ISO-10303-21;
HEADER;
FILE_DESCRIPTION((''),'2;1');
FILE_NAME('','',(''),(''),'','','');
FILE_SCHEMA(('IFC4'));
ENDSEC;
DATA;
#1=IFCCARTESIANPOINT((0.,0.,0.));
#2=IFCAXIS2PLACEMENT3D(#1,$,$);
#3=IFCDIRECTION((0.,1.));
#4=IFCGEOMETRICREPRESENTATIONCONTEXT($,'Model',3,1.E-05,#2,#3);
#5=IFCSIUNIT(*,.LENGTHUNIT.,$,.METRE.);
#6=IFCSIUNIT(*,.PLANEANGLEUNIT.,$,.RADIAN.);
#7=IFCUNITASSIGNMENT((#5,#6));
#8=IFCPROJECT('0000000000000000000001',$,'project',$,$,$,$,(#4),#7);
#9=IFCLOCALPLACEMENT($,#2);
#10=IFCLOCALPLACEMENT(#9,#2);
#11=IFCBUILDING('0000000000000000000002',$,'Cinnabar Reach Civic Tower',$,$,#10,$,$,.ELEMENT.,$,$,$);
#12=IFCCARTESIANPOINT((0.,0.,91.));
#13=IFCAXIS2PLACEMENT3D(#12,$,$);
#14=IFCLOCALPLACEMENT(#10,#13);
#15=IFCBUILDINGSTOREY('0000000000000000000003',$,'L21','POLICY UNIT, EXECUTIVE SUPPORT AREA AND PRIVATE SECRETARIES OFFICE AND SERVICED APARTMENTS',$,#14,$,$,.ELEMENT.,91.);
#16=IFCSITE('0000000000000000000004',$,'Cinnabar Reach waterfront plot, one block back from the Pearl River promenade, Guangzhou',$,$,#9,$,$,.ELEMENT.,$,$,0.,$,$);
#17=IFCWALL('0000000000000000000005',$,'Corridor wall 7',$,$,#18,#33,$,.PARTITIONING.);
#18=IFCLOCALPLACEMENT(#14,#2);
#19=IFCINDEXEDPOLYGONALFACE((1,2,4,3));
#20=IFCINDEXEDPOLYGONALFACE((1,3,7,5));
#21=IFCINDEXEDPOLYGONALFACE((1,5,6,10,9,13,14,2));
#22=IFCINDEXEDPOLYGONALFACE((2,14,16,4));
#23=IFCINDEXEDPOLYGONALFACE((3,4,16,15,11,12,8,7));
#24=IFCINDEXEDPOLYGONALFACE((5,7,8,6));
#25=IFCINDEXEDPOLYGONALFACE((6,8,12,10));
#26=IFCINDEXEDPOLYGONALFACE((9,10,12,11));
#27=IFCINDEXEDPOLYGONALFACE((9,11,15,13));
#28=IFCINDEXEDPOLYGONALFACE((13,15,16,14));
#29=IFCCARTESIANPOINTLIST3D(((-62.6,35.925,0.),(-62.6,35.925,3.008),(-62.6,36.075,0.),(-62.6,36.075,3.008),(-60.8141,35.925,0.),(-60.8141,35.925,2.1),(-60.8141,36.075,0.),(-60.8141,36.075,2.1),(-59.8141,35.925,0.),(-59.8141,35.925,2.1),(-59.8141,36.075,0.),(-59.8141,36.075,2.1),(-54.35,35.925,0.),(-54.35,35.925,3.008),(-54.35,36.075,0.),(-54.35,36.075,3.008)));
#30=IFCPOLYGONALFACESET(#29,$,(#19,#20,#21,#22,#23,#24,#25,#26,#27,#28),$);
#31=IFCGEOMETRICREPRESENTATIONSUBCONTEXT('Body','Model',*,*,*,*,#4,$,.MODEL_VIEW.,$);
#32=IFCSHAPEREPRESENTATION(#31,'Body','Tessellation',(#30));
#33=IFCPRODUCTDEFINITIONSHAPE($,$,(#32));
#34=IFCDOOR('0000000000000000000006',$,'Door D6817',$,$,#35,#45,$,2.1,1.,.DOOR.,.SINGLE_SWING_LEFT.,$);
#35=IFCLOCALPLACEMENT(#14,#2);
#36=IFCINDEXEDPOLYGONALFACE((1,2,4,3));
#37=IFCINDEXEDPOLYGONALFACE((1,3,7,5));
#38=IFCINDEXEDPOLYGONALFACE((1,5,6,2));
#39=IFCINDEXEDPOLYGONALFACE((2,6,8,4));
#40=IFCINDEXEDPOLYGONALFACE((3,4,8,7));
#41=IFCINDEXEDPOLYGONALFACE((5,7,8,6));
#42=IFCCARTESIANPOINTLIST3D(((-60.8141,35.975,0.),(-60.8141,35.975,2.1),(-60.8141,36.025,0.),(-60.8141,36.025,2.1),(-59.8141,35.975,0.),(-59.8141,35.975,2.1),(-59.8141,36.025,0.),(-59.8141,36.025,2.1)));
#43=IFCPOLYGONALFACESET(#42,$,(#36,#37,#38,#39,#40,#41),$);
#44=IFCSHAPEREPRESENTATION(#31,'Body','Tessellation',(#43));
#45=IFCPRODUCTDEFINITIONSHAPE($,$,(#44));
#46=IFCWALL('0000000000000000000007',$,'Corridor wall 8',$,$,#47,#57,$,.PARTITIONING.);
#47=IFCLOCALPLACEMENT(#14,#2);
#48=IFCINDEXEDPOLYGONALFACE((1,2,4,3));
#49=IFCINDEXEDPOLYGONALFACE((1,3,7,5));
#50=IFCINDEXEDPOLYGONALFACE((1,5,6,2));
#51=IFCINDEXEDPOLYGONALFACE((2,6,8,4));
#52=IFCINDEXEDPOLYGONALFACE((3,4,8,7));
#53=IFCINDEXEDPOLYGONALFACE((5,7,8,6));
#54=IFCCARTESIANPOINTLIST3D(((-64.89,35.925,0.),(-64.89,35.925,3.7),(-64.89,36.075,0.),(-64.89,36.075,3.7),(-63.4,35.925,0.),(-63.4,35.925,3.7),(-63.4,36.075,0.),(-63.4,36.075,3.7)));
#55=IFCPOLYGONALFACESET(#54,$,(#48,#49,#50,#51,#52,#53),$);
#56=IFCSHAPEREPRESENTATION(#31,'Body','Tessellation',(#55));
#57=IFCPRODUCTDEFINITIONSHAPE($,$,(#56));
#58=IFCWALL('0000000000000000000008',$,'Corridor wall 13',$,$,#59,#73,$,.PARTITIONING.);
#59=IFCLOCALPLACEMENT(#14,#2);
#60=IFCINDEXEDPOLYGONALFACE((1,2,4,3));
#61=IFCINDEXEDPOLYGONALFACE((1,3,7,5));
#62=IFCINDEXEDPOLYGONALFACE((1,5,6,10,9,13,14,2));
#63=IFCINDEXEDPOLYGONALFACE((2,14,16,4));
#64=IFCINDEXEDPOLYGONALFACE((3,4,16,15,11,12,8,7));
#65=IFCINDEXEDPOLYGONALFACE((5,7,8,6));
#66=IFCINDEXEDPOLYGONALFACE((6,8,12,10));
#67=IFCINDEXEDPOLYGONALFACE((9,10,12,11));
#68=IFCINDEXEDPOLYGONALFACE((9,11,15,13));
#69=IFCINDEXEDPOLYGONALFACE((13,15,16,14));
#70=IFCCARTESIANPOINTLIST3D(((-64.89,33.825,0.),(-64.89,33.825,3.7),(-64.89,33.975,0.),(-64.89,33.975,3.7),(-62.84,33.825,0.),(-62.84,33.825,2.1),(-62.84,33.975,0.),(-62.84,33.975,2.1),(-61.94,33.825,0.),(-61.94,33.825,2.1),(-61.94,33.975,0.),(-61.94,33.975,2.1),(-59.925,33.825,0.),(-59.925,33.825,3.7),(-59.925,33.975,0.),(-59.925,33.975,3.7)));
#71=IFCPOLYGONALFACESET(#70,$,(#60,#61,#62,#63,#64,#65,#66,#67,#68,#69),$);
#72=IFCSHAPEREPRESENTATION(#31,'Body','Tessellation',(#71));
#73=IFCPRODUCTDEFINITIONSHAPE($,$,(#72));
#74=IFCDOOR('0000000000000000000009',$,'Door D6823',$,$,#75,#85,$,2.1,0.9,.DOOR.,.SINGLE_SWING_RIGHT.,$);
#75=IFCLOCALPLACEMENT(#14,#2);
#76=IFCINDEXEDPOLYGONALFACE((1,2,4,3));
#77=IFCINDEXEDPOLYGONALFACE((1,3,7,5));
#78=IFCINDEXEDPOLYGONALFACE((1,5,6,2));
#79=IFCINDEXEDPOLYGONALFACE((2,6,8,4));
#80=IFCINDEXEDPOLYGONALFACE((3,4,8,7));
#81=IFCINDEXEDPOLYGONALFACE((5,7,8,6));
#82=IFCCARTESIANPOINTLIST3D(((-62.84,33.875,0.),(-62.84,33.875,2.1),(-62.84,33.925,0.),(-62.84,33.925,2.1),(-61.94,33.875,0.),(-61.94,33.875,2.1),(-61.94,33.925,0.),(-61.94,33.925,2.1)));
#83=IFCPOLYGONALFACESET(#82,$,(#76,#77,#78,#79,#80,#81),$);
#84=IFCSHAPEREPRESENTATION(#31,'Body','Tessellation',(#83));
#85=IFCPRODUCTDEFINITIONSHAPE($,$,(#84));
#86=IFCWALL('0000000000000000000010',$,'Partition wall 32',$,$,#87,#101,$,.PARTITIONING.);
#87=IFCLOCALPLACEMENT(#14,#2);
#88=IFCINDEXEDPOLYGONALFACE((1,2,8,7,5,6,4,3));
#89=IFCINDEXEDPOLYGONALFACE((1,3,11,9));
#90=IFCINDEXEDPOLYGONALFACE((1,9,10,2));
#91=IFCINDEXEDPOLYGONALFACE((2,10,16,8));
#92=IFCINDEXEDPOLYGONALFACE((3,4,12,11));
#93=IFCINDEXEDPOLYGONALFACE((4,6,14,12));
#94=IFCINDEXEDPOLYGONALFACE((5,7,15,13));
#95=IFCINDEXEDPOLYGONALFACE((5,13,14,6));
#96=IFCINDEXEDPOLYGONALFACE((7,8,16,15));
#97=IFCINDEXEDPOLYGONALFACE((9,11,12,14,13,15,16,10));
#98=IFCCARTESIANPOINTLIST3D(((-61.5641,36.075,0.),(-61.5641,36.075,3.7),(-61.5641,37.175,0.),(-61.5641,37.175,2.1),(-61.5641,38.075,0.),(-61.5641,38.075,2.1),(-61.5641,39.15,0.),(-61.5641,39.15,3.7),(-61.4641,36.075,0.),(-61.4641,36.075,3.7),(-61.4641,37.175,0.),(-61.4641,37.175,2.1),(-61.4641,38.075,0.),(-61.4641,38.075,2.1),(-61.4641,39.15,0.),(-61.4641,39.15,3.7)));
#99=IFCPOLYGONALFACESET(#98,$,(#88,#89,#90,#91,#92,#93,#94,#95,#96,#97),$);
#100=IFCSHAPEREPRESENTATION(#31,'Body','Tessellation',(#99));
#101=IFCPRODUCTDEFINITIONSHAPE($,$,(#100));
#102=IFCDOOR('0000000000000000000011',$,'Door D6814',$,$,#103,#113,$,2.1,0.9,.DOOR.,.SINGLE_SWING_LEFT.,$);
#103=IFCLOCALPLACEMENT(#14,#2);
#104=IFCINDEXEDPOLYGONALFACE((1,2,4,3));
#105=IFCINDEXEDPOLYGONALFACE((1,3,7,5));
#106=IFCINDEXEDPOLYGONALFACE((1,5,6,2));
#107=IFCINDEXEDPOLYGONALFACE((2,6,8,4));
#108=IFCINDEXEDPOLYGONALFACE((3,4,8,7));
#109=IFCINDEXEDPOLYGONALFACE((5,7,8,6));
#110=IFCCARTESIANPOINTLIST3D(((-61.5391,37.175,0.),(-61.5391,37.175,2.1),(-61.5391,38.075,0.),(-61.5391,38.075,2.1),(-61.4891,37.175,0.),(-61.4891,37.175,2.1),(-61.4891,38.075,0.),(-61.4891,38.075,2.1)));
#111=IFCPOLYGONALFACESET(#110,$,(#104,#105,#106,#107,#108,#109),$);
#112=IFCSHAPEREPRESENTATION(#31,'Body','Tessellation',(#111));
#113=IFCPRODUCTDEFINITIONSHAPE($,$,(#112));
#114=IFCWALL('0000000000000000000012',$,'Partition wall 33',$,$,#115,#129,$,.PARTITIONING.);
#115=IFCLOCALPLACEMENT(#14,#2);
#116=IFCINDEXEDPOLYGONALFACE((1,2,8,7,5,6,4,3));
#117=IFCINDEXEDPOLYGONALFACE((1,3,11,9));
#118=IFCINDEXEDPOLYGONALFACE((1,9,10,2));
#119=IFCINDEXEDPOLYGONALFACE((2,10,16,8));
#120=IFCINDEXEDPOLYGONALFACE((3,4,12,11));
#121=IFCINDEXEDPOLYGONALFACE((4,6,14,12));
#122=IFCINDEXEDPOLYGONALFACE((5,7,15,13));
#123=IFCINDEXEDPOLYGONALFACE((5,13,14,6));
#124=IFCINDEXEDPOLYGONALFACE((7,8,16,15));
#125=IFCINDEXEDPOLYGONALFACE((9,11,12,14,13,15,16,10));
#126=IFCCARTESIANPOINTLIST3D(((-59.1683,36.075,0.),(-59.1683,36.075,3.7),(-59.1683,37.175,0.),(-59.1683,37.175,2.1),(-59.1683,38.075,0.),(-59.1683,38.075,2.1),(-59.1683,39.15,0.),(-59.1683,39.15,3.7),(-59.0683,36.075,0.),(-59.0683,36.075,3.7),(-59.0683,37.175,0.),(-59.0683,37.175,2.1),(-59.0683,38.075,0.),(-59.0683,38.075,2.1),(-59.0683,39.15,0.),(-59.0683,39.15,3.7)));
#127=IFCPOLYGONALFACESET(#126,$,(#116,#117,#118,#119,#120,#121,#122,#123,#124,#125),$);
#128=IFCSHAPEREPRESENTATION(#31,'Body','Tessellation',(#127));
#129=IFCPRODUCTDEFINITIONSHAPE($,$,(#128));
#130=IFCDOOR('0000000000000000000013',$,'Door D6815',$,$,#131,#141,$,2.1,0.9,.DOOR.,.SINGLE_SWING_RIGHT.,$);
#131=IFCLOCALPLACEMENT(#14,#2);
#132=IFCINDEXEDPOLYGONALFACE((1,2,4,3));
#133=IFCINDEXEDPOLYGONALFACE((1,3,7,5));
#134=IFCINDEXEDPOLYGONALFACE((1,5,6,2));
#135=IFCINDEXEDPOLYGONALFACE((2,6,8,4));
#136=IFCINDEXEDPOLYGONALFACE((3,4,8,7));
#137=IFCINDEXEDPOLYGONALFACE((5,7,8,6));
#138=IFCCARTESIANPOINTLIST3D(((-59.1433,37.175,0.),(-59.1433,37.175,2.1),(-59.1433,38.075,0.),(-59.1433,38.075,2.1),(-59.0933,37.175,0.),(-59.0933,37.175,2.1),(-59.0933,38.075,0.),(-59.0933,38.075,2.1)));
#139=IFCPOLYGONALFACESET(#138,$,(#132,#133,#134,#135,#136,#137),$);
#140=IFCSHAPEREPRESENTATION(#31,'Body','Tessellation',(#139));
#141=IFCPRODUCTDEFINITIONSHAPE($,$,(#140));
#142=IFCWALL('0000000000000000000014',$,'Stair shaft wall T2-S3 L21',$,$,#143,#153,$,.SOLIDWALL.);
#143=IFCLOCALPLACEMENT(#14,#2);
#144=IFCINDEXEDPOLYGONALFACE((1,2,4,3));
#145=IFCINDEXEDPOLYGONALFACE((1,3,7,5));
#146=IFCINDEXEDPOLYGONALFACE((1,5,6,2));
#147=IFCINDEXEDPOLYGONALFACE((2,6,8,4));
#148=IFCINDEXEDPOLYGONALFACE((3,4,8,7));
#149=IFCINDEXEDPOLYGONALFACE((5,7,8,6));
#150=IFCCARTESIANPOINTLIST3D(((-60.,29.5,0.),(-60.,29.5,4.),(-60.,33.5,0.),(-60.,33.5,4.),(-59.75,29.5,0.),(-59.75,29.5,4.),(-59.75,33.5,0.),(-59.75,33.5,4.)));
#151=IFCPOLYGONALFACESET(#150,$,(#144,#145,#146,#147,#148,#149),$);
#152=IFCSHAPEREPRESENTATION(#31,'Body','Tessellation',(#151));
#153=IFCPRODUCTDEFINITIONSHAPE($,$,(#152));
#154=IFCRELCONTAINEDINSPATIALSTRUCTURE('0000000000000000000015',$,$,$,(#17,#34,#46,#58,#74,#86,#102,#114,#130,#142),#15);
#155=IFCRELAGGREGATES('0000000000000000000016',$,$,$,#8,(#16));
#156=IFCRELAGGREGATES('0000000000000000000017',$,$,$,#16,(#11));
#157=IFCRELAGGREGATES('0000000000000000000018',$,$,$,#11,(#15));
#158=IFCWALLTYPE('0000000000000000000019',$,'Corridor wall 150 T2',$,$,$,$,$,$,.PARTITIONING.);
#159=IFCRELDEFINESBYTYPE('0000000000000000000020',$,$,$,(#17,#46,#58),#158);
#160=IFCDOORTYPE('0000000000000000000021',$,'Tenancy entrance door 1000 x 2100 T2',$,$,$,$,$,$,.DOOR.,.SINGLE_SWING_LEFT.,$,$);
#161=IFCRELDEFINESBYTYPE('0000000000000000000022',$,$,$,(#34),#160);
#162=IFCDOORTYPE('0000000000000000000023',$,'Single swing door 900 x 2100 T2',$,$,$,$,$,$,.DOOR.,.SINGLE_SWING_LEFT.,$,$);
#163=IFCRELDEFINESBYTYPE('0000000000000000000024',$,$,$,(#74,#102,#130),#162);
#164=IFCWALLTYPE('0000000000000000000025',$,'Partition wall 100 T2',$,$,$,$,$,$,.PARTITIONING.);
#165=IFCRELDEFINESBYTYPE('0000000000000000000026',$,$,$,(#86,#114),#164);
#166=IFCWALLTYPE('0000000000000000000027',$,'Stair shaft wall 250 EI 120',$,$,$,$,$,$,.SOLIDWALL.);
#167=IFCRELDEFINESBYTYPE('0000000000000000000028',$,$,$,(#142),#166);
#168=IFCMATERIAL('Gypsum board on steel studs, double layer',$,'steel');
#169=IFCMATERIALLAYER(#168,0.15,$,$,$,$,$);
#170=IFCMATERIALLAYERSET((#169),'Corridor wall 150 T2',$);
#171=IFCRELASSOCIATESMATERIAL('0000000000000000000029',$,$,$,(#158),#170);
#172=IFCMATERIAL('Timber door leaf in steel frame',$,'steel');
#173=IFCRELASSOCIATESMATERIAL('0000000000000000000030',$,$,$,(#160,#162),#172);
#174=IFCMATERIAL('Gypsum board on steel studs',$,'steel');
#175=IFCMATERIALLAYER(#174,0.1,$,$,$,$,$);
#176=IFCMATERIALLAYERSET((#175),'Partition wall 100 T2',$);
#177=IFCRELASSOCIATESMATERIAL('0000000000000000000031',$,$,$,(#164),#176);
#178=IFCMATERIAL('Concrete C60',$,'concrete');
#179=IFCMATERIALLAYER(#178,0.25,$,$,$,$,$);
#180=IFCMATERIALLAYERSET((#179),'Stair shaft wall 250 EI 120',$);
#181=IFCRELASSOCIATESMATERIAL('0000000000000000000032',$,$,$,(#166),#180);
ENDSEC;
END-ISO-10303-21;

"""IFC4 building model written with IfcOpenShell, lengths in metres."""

from ifc_helpers import new_model, si_unit, direction, frame, frame_2d, origin, place, context, subcontext, project, spatial, rectangle, extrude, material, layer, layer_set, type_object, element, fill, save


model = new_model("IFC4")

# Units and contexts
model_context = context("Model", 3, precision=1e-05, world=origin(), true_north=direction((0.0, 1.0)))
body_context = subcontext(model_context, "Body", "Model", "MODEL_VIEW")
ifc_project = project(units=[si_unit("LENGTHUNIT", "METRE"), si_unit("PLANEANGLEUNIT", "RADIAN")], contexts=[model_context])

# Site, building, storey
site_placement = place(None, origin())
site = spatial("IfcSite", under=ifc_project, at=site_placement, Name="Cinnabar Reach waterfront plot, one block back from the Pearl River promenade, Guangzhou", CompositionType="ELEMENT", RefElevation=0.0)
building_placement = place(site_placement, origin())
building = spatial("IfcBuilding", under=site, at=building_placement, Name="Cinnabar Reach Civic Tower", CompositionType="ELEMENT")
storey_placement = place(building_placement, frame((0.0, 0.0, 91.0)))
storey = spatial("IfcBuildingStorey", under=building, at=storey_placement, Name="L21", Description="POLICY UNIT, EXECUTIVE SUPPORT AREA AND PRIVATE SECRETARIES OFFICE AND SERVICED APARTMENTS", CompositionType="ELEMENT", Elevation=91.0)

# Shared definitions
ifc_material_1 = material(Name="Concrete C60", Category="concrete")

# Wall, opening, door
ifc_material_2 = material(Name="Gypsum board on steel studs, double layer", Category="steel")
ifc_layer_1 = layer(ifc_material_2, 0.15)
ifc_layer_set_1 = layer_set([ifc_layer_1], Name="Corridor wall 150 T2")
wall_type_1 = type_object("IfcWallType", Name="Corridor wall 150 T2", PredefinedType="PARTITIONING", material=ifc_layer_set_1)
wall_1_placement = place(storey_placement, frame((-62.6, 36.0, 0.0), z_axis=(0.0, 0.0, 1.0), x_axis=(1.0, 0.0, 0.0)))
wall_1 = element("IfcWall", 1, at=wall_1_placement, inside=storey, type_object=wall_type_1, Name="Corridor wall 7", PredefinedType="PARTITIONING", context=body_context, shape_type="SweptSolid", body=[
    extrude(rectangle(XDim=8.25, YDim=0.15, at=frame_2d((4.125, 0.0))), origin(), (0.0, 0.0, 1.0), 3.008),
])
opening_1_placement = place(wall_1_placement, frame((1.7859, 0.0, 0.0)))
opening_1 = element("IfcOpeningElement", 2, at=opening_1_placement, cuts=wall_1, PredefinedType="OPENING", context=body_context, shape_type="SweptSolid", body=[
    extrude(rectangle(XDim=1.0, YDim=2.1, at=frame_2d((0.5, 1.05))), frame((0.0, 0.085, 0.0), z_axis=(0.0, -1.0, 0.0), x_axis=(1.0, 0.0, 0.0)), (0.0, 0.0, 1.0), 0.17),
])
ifc_material_3 = material(Name="Timber door leaf in steel frame", Category="steel")
door_type_1 = type_object("IfcDoorType", Name="Tenancy entrance door 1000 x 2100 T2", OperationType="SINGLE_SWING_LEFT", PredefinedType="DOOR", material=ifc_material_3)
door_1_placement = place(opening_1_placement, origin())
door_1 = element("IfcDoor", 3, at=door_1_placement, inside=storey, type_object=door_type_1, Name="Door D6817", OperationType="SINGLE_SWING_LEFT", OverallHeight=2.1, OverallWidth=1.0, PredefinedType="DOOR", context=body_context, shape_type="SweptSolid", body=[
    extrude(rectangle(XDim=1.0, YDim=2.1, at=frame_2d((0.5, 1.05))), frame((0.0, 0.025, 0.0), z_axis=(0.0, -1.0, 0.0), x_axis=(1.0, 0.0, 0.0)), (0.0, 0.0, 1.0), 0.05),
])
fill(opening_1, door_1)

# Wall
wall_2_placement = place(storey_placement, frame((-64.89, 36.0, 0.0), z_axis=(0.0, 0.0, 1.0), x_axis=(1.0, 0.0, 0.0)))
element("IfcWall", 4, at=wall_2_placement, inside=storey, type_object=wall_type_1, Name="Corridor wall 8", PredefinedType="PARTITIONING", context=body_context, shape_type="SweptSolid", body=[
    extrude(rectangle(XDim=1.49, YDim=0.15, at=frame_2d((0.745, 0.0))), origin(), (0.0, 0.0, 1.0), 3.7),
])

# Walls, openings, doors
wall_3_placement = place(storey_placement, frame((-64.89, 33.9, 0.0), z_axis=(0.0, 0.0, 1.0), x_axis=(1.0, 0.0, 0.0)))
wall_3 = element("IfcWall", 5, at=wall_3_placement, inside=storey, type_object=wall_type_1, Name="Corridor wall 13", PredefinedType="PARTITIONING", context=body_context, shape_type="SweptSolid", body=[
    extrude(rectangle(XDim=4.965, YDim=0.15, at=frame_2d((2.4825, 0.0))), origin(), (0.0, 0.0, 1.0), 3.7),
])
opening_2_placement = place(wall_3_placement, frame((2.05, 0.0, 0.0)))
opening_2 = element("IfcOpeningElement", 6, at=opening_2_placement, cuts=wall_3, PredefinedType="OPENING", context=body_context, shape_type="SweptSolid", body=[
    extrude(rectangle(XDim=0.9, YDim=2.1, at=frame_2d((0.45, 1.05))), frame((0.0, 0.085, 0.0), z_axis=(0.0, -1.0, 0.0), x_axis=(1.0, 0.0, 0.0)), (0.0, 0.0, 1.0), 0.17),
])
door_type_2 = type_object("IfcDoorType", Name="Single swing door 900 x 2100 T2", OperationType="SINGLE_SWING_LEFT", PredefinedType="DOOR", material=ifc_material_3)
door_2_placement = place(opening_2_placement, frame((0.9, 0.0, 0.0), z_axis=(0.0, 0.0, 1.0), x_axis=(-1.0, 0.0, 0.0)))
door_2 = element("IfcDoor", 7, at=door_2_placement, inside=storey, type_object=door_type_2, Name="Door D6823", OperationType="SINGLE_SWING_RIGHT", OverallHeight=2.1, OverallWidth=0.9, PredefinedType="DOOR", context=body_context, shape_type="SweptSolid", body=[
    extrude(rectangle(XDim=0.9, YDim=2.1, at=frame_2d((0.45, 1.05))), frame((0.0, 0.025, 0.0), z_axis=(0.0, -1.0, 0.0), x_axis=(1.0, 0.0, 0.0)), (0.0, 0.0, 1.0), 0.05),
])
fill(opening_2, door_2)
ifc_material_4 = material(Name="Gypsum board on steel studs", Category="steel")
ifc_layer_2 = layer(ifc_material_4, 0.1)
ifc_layer_set_2 = layer_set([ifc_layer_2], Name="Partition wall 100 T2")
wall_type_2 = type_object("IfcWallType", Name="Partition wall 100 T2", PredefinedType="PARTITIONING", material=ifc_layer_set_2)
wall_4_placement = place(storey_placement, frame((-61.5141, 36.075, 0.0), z_axis=(0.0, 0.0, 1.0), x_axis=(0.0, 1.0, 0.0)))
wall_4 = element("IfcWall", 8, at=wall_4_placement, inside=storey, type_object=wall_type_2, Name="Partition wall 32", PredefinedType="PARTITIONING", context=body_context, shape_type="SweptSolid", body=[
    extrude(rectangle(XDim=3.075, YDim=0.1, at=frame_2d((1.5375, 0.0))), origin(), (0.0, 0.0, 1.0), 3.7),
])
opening_3_placement = place(wall_4_placement, frame((1.1, 0.0, 0.0)))
opening_3 = element("IfcOpeningElement", 9, at=opening_3_placement, cuts=wall_4, PredefinedType="OPENING", context=body_context, shape_type="SweptSolid", body=[
    extrude(rectangle(XDim=0.9, YDim=2.1, at=frame_2d((0.45, 1.05))), frame((0.0, 0.06, 0.0), z_axis=(0.0, -1.0, 0.0), x_axis=(1.0, 0.0, 0.0)), (0.0, 0.0, 1.0), 0.12),
])
door_3_placement = place(opening_3_placement, origin())
door_3 = element("IfcDoor", 10, at=door_3_placement, inside=storey, type_object=door_type_2, Name="Door D6814", OperationType="SINGLE_SWING_LEFT", OverallHeight=2.1, OverallWidth=0.9, PredefinedType="DOOR", context=body_context, shape_type="SweptSolid", body=[
    extrude(rectangle(XDim=0.9, YDim=2.1, at=frame_2d((0.45, 1.05))), frame((0.0, 0.025, 0.0), z_axis=(0.0, -1.0, 0.0), x_axis=(1.0, 0.0, 0.0)), (0.0, 0.0, 1.0), 0.05),
])
fill(opening_3, door_3)
wall_5_placement = place(storey_placement, frame((-59.1183, 36.075, 0.0), z_axis=(0.0, 0.0, 1.0), x_axis=(0.0, 1.0, 0.0)))
wall_5 = element("IfcWall", 11, at=wall_5_placement, inside=storey, type_object=wall_type_2, Name="Partition wall 33", PredefinedType="PARTITIONING", context=body_context, shape_type="SweptSolid", body=[
    extrude(rectangle(XDim=3.075, YDim=0.1, at=frame_2d((1.5375, 0.0))), origin(), (0.0, 0.0, 1.0), 3.7),
])
opening_4_placement = place(wall_5_placement, frame((1.1, 0.0, 0.0)))
opening_4 = element("IfcOpeningElement", 12, at=opening_4_placement, cuts=wall_5, PredefinedType="OPENING", context=body_context, shape_type="SweptSolid", body=[
    extrude(rectangle(XDim=0.9, YDim=2.1, at=frame_2d((0.45, 1.05))), frame((0.0, 0.06, 0.0), z_axis=(0.0, -1.0, 0.0), x_axis=(1.0, 0.0, 0.0)), (0.0, 0.0, 1.0), 0.12),
])
door_4_placement = place(opening_4_placement, origin())
door_4 = element("IfcDoor", 13, at=door_4_placement, inside=storey, type_object=door_type_2, Name="Door D6815", OperationType="SINGLE_SWING_RIGHT", OverallHeight=2.1, OverallWidth=0.9, PredefinedType="DOOR", context=body_context, shape_type="SweptSolid", body=[
    extrude(rectangle(XDim=0.9, YDim=2.1, at=frame_2d((0.45, 1.05))), frame((0.0, 0.025, 0.0), z_axis=(0.0, -1.0, 0.0), x_axis=(1.0, 0.0, 0.0)), (0.0, 0.0, 1.0), 0.05),
])
fill(opening_4, door_4)

# Wall
ifc_layer_3 = layer(ifc_material_1, 0.25)
ifc_layer_set_3 = layer_set([ifc_layer_3], Name="Stair shaft wall 250 EI 120")
wall_type_3 = type_object("IfcWallType", Name="Stair shaft wall 250 EI 120", PredefinedType="SOLIDWALL", material=ifc_layer_set_3)
wall_6_placement = place(storey_placement, frame((-59.875, 33.5, 0.0), z_axis=(0.0, 0.0, 1.0), x_axis=(0.0, -1.0, 0.0)))
element("IfcWall", 14, at=wall_6_placement, inside=storey, type_object=wall_type_3, Name="Stair shaft wall T2-S3 L21", PredefinedType="SOLIDWALL", context=body_context, shape_type="SweptSolid", body=[
    extrude(rectangle(XDim=4.0, YDim=0.25, at=frame_2d((2.0, 0.0))), origin(), (0.0, 0.0, 1.0), 4.0),
])

save(model, "model.ifc")
